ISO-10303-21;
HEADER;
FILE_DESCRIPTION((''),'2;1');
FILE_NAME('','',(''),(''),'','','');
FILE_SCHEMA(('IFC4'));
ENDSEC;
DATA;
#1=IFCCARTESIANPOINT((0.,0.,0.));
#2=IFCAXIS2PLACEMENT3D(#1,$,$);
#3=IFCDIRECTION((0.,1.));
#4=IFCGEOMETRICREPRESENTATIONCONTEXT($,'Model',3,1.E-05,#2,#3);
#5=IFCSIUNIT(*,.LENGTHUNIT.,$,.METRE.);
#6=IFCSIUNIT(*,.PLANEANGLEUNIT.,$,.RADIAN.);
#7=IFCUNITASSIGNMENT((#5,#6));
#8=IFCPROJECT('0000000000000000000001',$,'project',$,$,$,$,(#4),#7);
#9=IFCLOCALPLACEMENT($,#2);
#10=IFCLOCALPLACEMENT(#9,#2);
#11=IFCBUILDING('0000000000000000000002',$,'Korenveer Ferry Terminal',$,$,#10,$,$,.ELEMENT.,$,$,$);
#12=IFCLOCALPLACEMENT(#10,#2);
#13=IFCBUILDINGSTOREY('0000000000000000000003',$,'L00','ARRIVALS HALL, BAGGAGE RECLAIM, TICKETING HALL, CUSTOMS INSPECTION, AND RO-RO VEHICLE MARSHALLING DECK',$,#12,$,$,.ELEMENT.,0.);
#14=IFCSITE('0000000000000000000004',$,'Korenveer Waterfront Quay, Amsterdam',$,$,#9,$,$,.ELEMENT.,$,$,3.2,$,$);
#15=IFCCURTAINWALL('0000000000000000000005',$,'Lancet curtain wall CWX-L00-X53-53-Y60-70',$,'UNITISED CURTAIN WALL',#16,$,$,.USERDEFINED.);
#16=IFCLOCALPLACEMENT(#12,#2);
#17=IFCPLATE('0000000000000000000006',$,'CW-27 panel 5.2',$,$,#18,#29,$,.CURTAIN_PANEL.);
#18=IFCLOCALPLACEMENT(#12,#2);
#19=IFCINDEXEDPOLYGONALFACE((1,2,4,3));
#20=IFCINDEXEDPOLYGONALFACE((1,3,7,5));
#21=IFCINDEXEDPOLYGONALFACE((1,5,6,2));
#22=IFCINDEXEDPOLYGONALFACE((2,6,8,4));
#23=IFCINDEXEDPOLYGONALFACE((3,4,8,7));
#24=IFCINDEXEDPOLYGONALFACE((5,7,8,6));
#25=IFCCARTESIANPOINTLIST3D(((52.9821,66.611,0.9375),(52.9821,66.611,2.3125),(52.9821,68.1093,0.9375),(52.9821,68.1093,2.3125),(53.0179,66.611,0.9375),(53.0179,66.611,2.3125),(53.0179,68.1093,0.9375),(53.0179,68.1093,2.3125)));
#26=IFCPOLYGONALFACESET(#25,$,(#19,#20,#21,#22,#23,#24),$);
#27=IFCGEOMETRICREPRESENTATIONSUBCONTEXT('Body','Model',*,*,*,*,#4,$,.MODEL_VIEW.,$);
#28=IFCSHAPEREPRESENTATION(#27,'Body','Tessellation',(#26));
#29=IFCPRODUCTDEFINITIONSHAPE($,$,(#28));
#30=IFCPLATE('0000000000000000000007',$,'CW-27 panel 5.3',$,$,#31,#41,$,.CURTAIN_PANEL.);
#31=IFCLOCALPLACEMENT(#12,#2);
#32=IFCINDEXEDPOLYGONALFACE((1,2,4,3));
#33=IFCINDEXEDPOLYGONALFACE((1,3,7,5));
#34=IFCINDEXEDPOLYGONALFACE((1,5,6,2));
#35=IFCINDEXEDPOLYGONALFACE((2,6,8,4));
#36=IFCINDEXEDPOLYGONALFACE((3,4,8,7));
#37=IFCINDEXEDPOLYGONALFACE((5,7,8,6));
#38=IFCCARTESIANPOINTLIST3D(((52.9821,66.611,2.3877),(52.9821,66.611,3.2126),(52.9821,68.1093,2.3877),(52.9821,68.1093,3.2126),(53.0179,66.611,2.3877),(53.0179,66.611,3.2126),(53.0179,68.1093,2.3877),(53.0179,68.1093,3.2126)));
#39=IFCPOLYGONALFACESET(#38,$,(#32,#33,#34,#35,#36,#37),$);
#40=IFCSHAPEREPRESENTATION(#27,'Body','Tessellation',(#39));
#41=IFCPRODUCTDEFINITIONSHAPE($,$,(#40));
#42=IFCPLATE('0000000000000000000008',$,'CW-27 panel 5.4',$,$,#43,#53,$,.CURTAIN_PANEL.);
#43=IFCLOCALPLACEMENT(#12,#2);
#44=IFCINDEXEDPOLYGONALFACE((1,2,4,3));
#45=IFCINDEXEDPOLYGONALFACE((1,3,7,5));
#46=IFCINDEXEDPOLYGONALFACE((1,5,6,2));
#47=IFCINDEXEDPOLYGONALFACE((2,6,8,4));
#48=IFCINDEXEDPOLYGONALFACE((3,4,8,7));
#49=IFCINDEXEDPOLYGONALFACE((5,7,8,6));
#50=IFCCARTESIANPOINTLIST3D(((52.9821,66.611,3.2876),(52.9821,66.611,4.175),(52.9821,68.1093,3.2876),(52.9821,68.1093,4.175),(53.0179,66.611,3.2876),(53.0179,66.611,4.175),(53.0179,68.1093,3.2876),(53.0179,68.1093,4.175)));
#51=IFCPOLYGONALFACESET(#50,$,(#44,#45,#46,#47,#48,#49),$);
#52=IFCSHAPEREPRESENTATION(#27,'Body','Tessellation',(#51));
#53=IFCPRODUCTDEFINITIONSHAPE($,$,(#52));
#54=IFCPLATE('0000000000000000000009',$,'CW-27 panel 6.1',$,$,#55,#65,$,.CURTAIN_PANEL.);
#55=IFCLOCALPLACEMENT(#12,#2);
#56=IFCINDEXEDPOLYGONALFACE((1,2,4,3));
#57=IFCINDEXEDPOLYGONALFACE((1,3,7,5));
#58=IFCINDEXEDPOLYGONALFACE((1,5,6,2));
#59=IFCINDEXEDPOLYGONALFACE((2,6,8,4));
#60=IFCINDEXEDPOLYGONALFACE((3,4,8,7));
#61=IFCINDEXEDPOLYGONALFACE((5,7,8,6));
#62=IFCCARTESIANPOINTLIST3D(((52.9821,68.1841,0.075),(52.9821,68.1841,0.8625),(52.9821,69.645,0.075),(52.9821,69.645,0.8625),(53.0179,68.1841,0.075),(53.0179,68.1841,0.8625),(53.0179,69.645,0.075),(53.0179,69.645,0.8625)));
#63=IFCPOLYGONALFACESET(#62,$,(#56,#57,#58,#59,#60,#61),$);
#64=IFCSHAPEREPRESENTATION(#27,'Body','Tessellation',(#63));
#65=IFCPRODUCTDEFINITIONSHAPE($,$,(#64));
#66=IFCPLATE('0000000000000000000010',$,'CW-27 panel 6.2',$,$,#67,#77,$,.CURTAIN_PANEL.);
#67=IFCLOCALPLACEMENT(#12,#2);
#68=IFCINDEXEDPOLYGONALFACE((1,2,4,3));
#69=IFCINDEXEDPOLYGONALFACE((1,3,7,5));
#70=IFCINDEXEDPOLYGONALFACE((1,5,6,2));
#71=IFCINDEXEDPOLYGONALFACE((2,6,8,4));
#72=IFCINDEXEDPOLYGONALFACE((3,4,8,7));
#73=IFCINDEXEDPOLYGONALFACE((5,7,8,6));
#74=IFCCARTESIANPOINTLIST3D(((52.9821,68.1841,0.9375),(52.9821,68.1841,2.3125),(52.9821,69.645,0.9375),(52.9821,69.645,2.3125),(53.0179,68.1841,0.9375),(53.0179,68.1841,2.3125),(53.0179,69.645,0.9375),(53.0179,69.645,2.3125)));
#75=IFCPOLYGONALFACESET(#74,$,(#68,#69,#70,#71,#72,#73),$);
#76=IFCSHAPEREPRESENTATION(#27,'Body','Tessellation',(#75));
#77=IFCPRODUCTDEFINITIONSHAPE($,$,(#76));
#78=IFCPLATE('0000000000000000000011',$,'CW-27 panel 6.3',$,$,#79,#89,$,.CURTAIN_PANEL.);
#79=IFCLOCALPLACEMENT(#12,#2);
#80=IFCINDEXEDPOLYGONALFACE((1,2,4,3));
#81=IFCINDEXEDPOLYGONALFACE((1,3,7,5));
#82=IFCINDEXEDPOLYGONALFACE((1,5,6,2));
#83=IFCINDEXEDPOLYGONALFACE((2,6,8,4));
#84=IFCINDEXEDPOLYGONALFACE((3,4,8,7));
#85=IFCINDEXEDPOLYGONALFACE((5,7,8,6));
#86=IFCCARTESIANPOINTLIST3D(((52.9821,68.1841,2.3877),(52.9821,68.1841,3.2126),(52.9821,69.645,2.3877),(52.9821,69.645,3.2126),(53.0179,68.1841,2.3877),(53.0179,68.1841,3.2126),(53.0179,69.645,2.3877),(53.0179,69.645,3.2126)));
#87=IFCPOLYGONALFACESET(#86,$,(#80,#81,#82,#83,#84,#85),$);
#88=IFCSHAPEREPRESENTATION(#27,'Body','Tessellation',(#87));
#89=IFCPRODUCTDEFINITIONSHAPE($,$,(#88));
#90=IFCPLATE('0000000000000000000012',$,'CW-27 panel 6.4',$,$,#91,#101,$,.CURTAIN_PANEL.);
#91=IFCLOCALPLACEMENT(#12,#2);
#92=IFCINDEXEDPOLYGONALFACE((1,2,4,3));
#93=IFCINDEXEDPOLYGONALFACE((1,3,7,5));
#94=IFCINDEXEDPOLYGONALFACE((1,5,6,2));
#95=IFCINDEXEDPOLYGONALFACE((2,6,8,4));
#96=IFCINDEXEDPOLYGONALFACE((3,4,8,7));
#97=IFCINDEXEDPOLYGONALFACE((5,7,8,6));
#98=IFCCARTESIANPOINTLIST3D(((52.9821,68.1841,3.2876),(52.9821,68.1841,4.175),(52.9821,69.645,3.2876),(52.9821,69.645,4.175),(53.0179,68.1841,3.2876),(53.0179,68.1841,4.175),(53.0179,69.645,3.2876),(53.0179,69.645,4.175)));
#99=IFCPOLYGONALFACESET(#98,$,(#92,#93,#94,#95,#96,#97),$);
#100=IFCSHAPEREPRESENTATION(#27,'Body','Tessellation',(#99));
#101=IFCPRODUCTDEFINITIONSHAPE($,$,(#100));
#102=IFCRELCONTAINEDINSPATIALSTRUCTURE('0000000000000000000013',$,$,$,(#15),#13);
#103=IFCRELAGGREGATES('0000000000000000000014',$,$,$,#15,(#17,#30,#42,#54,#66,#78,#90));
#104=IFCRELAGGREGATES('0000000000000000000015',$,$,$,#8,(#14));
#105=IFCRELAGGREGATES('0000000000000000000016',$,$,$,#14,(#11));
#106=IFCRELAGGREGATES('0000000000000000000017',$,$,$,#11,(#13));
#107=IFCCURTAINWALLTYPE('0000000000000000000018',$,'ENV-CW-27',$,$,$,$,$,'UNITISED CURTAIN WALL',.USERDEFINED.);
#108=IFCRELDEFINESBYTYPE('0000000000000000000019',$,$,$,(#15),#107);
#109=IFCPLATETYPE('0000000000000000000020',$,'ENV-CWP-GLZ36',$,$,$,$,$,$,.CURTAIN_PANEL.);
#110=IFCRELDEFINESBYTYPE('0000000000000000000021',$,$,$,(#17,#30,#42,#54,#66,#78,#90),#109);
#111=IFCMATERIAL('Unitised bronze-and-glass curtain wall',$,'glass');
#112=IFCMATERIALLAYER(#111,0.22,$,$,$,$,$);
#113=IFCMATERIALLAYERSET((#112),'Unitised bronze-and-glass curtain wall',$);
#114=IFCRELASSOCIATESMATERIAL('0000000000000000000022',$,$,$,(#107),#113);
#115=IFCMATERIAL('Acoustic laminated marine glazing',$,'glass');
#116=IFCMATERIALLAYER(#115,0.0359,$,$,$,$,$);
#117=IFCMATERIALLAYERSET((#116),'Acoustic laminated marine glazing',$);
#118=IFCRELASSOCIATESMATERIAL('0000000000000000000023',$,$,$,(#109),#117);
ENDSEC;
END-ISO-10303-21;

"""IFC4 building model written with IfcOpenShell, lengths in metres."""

from ifc_helpers import new_model, si_unit, direction, frame, origin, origin_2d, place, context, subcontext, project, spatial, rectangle, extrude, material, layer, layer_set, type_object, element, aggregate, save


model = new_model("IFC4")

# Units and contexts
model_context = context("Model", 3, precision=1e-05, world=origin(), true_north=direction((0.0, 1.0)))
body_context = subcontext(model_context, "Body", "Model", "MODEL_VIEW")
ifc_project = project(units=[si_unit("LENGTHUNIT", "METRE"), si_unit("PLANEANGLEUNIT", "RADIAN")], contexts=[model_context])

# Site, building, storey
site_placement = place(None, origin())
site = spatial("IfcSite", under=ifc_project, at=site_placement, Name="Korenveer Waterfront Quay, Amsterdam", CompositionType="ELEMENT", RefElevation=3.2)
building_placement = place(site_placement, origin())
building = spatial("IfcBuilding", under=site, at=building_placement, Name="Korenveer Ferry Terminal", CompositionType="ELEMENT")
storey_placement = place(building_placement, origin())
storey = spatial("IfcBuildingStorey", under=building, at=storey_placement, Name="L00", Description="ARRIVALS HALL, BAGGAGE RECLAIM, TICKETING HALL, CUSTOMS INSPECTION, AND RO-RO VEHICLE MARSHALLING DECK", CompositionType="ELEMENT", Elevation=0.0)

# Curtain wall, plates
ifc_material_1 = material(Name="Unitised bronze-and-glass curtain wall", Category="glass")
ifc_layer_1 = layer(ifc_material_1, 0.22)
ifc_layer_set_1 = layer_set([ifc_layer_1], Name="Unitised bronze-and-glass curtain wall")
curtain_wall_type = type_object("IfcCurtainWallType", Name="ENV-CW-27", ElementType="UNITISED CURTAIN WALL", PredefinedType="USERDEFINED", material=ifc_layer_set_1)
curtain_wall_placement = place(storey_placement, frame((53.0, 60.28, 0.0)))
curtain_wall = element("IfcCurtainWall", 1, at=curtain_wall_placement, inside=storey, type_object=curtain_wall_type, Name="Lancet curtain wall CWX-L00-X53-53-Y60-70", ObjectType="UNITISED CURTAIN WALL", PredefinedType="USERDEFINED")
ifc_material_2 = material(Name="Acoustic laminated marine glazing", Category="glass")
ifc_layer_2 = layer(ifc_material_2, 0.0359)
ifc_layer_set_2 = layer_set([ifc_layer_2], Name="Acoustic laminated marine glazing")
plate_type = type_object("IfcPlateType", Name="ENV-CWP-GLZ36", PredefinedType="CURTAIN_PANEL", material=ifc_layer_set_2)
plate_1_placement = place(storey_placement, frame((53.0, 67.3601, 0.9375), z_axis=(0.0, 0.0, 1.0), x_axis=(0.0, 1.0, 0.0)))
plate_1 = element("IfcPlate", 2, at=plate_1_placement, type_object=plate_type, Name="CW-27 panel 5.2", PredefinedType="CURTAIN_PANEL", context=body_context, shape_type="SweptSolid", body=[
    extrude(rectangle(XDim=1.4983, YDim=0.0359, at=origin_2d()), origin(), (0.0, 0.0, 1.0), 1.375),
])
plate_2_placement = place(storey_placement, frame((53.0, 67.3601, 2.3877), z_axis=(0.0, 0.0, 1.0), x_axis=(0.0, 1.0, 0.0)))
plate_2 = element("IfcPlate", 3, at=plate_2_placement, type_object=plate_type, Name="CW-27 panel 5.3", PredefinedType="CURTAIN_PANEL", context=body_context, shape_type="SweptSolid", body=[
    extrude(rectangle(XDim=1.4983, YDim=0.0359, at=origin_2d()), origin(), (0.0, 0.0, 1.0), 0.825),
])
plate_3_placement = place(storey_placement, frame((53.0, 67.3601, 3.2876), z_axis=(0.0, 0.0, 1.0), x_axis=(0.0, 1.0, 0.0)))
plate_3 = element("IfcPlate", 4, at=plate_3_placement, type_object=plate_type, Name="CW-27 panel 5.4", PredefinedType="CURTAIN_PANEL", context=body_context, shape_type="SweptSolid", body=[
    extrude(rectangle(XDim=1.4983, YDim=0.0359, at=origin_2d()), origin(), (0.0, 0.0, 1.0), 0.8875),
])
plate_4_placement = place(storey_placement, frame((53.0, 68.9146, 0.075), z_axis=(0.0, 0.0, 1.0), x_axis=(0.0, 1.0, 0.0)))
plate_4 = element("IfcPlate", 5, at=plate_4_placement, type_object=plate_type, Name="CW-27 panel 6.1", PredefinedType="CURTAIN_PANEL", context=body_context, shape_type="SweptSolid", body=[
    extrude(rectangle(XDim=1.4609, YDim=0.0359, at=origin_2d()), origin(), (0.0, 0.0, 1.0), 0.7876),
])
plate_5_placement = place(storey_placement, frame((53.0, 68.9146, 0.9375), z_axis=(0.0, 0.0, 1.0), x_axis=(0.0, 1.0, 0.0)))
plate_5 = element("IfcPlate", 6, at=plate_5_placement, type_object=plate_type, Name="CW-27 panel 6.2", PredefinedType="CURTAIN_PANEL", context=body_context, shape_type="SweptSolid", body=[
    extrude(rectangle(XDim=1.4609, YDim=0.0359, at=origin_2d()), origin(), (0.0, 0.0, 1.0), 1.375),
])
plate_6_placement = place(storey_placement, frame((53.0, 68.9146, 2.3877), z_axis=(0.0, 0.0, 1.0), x_axis=(0.0, 1.0, 0.0)))
plate_6 = element("IfcPlate", 7, at=plate_6_placement, type_object=plate_type, Name="CW-27 panel 6.3", PredefinedType="CURTAIN_PANEL", context=body_context, shape_type="SweptSolid", body=[
    extrude(rectangle(XDim=1.4609, YDim=0.0359, at=origin_2d()), origin(), (0.0, 0.0, 1.0), 0.825),
])
plate_7_placement = place(storey_placement, frame((53.0, 68.9146, 3.2876), z_axis=(0.0, 0.0, 1.0), x_axis=(0.0, 1.0, 0.0)))
plate_7 = element("IfcPlate", 8, at=plate_7_placement, type_object=plate_type, Name="CW-27 panel 6.4", PredefinedType="CURTAIN_PANEL", context=body_context, shape_type="SweptSolid", body=[
    extrude(rectangle(XDim=1.4609, YDim=0.0359, at=origin_2d()), origin(), (0.0, 0.0, 1.0), 0.8875),
])
aggregate(curtain_wall, [plate_1, plate_2, plate_3, plate_4, plate_5, plate_6, plate_7])

save(model, "model.ifc")
